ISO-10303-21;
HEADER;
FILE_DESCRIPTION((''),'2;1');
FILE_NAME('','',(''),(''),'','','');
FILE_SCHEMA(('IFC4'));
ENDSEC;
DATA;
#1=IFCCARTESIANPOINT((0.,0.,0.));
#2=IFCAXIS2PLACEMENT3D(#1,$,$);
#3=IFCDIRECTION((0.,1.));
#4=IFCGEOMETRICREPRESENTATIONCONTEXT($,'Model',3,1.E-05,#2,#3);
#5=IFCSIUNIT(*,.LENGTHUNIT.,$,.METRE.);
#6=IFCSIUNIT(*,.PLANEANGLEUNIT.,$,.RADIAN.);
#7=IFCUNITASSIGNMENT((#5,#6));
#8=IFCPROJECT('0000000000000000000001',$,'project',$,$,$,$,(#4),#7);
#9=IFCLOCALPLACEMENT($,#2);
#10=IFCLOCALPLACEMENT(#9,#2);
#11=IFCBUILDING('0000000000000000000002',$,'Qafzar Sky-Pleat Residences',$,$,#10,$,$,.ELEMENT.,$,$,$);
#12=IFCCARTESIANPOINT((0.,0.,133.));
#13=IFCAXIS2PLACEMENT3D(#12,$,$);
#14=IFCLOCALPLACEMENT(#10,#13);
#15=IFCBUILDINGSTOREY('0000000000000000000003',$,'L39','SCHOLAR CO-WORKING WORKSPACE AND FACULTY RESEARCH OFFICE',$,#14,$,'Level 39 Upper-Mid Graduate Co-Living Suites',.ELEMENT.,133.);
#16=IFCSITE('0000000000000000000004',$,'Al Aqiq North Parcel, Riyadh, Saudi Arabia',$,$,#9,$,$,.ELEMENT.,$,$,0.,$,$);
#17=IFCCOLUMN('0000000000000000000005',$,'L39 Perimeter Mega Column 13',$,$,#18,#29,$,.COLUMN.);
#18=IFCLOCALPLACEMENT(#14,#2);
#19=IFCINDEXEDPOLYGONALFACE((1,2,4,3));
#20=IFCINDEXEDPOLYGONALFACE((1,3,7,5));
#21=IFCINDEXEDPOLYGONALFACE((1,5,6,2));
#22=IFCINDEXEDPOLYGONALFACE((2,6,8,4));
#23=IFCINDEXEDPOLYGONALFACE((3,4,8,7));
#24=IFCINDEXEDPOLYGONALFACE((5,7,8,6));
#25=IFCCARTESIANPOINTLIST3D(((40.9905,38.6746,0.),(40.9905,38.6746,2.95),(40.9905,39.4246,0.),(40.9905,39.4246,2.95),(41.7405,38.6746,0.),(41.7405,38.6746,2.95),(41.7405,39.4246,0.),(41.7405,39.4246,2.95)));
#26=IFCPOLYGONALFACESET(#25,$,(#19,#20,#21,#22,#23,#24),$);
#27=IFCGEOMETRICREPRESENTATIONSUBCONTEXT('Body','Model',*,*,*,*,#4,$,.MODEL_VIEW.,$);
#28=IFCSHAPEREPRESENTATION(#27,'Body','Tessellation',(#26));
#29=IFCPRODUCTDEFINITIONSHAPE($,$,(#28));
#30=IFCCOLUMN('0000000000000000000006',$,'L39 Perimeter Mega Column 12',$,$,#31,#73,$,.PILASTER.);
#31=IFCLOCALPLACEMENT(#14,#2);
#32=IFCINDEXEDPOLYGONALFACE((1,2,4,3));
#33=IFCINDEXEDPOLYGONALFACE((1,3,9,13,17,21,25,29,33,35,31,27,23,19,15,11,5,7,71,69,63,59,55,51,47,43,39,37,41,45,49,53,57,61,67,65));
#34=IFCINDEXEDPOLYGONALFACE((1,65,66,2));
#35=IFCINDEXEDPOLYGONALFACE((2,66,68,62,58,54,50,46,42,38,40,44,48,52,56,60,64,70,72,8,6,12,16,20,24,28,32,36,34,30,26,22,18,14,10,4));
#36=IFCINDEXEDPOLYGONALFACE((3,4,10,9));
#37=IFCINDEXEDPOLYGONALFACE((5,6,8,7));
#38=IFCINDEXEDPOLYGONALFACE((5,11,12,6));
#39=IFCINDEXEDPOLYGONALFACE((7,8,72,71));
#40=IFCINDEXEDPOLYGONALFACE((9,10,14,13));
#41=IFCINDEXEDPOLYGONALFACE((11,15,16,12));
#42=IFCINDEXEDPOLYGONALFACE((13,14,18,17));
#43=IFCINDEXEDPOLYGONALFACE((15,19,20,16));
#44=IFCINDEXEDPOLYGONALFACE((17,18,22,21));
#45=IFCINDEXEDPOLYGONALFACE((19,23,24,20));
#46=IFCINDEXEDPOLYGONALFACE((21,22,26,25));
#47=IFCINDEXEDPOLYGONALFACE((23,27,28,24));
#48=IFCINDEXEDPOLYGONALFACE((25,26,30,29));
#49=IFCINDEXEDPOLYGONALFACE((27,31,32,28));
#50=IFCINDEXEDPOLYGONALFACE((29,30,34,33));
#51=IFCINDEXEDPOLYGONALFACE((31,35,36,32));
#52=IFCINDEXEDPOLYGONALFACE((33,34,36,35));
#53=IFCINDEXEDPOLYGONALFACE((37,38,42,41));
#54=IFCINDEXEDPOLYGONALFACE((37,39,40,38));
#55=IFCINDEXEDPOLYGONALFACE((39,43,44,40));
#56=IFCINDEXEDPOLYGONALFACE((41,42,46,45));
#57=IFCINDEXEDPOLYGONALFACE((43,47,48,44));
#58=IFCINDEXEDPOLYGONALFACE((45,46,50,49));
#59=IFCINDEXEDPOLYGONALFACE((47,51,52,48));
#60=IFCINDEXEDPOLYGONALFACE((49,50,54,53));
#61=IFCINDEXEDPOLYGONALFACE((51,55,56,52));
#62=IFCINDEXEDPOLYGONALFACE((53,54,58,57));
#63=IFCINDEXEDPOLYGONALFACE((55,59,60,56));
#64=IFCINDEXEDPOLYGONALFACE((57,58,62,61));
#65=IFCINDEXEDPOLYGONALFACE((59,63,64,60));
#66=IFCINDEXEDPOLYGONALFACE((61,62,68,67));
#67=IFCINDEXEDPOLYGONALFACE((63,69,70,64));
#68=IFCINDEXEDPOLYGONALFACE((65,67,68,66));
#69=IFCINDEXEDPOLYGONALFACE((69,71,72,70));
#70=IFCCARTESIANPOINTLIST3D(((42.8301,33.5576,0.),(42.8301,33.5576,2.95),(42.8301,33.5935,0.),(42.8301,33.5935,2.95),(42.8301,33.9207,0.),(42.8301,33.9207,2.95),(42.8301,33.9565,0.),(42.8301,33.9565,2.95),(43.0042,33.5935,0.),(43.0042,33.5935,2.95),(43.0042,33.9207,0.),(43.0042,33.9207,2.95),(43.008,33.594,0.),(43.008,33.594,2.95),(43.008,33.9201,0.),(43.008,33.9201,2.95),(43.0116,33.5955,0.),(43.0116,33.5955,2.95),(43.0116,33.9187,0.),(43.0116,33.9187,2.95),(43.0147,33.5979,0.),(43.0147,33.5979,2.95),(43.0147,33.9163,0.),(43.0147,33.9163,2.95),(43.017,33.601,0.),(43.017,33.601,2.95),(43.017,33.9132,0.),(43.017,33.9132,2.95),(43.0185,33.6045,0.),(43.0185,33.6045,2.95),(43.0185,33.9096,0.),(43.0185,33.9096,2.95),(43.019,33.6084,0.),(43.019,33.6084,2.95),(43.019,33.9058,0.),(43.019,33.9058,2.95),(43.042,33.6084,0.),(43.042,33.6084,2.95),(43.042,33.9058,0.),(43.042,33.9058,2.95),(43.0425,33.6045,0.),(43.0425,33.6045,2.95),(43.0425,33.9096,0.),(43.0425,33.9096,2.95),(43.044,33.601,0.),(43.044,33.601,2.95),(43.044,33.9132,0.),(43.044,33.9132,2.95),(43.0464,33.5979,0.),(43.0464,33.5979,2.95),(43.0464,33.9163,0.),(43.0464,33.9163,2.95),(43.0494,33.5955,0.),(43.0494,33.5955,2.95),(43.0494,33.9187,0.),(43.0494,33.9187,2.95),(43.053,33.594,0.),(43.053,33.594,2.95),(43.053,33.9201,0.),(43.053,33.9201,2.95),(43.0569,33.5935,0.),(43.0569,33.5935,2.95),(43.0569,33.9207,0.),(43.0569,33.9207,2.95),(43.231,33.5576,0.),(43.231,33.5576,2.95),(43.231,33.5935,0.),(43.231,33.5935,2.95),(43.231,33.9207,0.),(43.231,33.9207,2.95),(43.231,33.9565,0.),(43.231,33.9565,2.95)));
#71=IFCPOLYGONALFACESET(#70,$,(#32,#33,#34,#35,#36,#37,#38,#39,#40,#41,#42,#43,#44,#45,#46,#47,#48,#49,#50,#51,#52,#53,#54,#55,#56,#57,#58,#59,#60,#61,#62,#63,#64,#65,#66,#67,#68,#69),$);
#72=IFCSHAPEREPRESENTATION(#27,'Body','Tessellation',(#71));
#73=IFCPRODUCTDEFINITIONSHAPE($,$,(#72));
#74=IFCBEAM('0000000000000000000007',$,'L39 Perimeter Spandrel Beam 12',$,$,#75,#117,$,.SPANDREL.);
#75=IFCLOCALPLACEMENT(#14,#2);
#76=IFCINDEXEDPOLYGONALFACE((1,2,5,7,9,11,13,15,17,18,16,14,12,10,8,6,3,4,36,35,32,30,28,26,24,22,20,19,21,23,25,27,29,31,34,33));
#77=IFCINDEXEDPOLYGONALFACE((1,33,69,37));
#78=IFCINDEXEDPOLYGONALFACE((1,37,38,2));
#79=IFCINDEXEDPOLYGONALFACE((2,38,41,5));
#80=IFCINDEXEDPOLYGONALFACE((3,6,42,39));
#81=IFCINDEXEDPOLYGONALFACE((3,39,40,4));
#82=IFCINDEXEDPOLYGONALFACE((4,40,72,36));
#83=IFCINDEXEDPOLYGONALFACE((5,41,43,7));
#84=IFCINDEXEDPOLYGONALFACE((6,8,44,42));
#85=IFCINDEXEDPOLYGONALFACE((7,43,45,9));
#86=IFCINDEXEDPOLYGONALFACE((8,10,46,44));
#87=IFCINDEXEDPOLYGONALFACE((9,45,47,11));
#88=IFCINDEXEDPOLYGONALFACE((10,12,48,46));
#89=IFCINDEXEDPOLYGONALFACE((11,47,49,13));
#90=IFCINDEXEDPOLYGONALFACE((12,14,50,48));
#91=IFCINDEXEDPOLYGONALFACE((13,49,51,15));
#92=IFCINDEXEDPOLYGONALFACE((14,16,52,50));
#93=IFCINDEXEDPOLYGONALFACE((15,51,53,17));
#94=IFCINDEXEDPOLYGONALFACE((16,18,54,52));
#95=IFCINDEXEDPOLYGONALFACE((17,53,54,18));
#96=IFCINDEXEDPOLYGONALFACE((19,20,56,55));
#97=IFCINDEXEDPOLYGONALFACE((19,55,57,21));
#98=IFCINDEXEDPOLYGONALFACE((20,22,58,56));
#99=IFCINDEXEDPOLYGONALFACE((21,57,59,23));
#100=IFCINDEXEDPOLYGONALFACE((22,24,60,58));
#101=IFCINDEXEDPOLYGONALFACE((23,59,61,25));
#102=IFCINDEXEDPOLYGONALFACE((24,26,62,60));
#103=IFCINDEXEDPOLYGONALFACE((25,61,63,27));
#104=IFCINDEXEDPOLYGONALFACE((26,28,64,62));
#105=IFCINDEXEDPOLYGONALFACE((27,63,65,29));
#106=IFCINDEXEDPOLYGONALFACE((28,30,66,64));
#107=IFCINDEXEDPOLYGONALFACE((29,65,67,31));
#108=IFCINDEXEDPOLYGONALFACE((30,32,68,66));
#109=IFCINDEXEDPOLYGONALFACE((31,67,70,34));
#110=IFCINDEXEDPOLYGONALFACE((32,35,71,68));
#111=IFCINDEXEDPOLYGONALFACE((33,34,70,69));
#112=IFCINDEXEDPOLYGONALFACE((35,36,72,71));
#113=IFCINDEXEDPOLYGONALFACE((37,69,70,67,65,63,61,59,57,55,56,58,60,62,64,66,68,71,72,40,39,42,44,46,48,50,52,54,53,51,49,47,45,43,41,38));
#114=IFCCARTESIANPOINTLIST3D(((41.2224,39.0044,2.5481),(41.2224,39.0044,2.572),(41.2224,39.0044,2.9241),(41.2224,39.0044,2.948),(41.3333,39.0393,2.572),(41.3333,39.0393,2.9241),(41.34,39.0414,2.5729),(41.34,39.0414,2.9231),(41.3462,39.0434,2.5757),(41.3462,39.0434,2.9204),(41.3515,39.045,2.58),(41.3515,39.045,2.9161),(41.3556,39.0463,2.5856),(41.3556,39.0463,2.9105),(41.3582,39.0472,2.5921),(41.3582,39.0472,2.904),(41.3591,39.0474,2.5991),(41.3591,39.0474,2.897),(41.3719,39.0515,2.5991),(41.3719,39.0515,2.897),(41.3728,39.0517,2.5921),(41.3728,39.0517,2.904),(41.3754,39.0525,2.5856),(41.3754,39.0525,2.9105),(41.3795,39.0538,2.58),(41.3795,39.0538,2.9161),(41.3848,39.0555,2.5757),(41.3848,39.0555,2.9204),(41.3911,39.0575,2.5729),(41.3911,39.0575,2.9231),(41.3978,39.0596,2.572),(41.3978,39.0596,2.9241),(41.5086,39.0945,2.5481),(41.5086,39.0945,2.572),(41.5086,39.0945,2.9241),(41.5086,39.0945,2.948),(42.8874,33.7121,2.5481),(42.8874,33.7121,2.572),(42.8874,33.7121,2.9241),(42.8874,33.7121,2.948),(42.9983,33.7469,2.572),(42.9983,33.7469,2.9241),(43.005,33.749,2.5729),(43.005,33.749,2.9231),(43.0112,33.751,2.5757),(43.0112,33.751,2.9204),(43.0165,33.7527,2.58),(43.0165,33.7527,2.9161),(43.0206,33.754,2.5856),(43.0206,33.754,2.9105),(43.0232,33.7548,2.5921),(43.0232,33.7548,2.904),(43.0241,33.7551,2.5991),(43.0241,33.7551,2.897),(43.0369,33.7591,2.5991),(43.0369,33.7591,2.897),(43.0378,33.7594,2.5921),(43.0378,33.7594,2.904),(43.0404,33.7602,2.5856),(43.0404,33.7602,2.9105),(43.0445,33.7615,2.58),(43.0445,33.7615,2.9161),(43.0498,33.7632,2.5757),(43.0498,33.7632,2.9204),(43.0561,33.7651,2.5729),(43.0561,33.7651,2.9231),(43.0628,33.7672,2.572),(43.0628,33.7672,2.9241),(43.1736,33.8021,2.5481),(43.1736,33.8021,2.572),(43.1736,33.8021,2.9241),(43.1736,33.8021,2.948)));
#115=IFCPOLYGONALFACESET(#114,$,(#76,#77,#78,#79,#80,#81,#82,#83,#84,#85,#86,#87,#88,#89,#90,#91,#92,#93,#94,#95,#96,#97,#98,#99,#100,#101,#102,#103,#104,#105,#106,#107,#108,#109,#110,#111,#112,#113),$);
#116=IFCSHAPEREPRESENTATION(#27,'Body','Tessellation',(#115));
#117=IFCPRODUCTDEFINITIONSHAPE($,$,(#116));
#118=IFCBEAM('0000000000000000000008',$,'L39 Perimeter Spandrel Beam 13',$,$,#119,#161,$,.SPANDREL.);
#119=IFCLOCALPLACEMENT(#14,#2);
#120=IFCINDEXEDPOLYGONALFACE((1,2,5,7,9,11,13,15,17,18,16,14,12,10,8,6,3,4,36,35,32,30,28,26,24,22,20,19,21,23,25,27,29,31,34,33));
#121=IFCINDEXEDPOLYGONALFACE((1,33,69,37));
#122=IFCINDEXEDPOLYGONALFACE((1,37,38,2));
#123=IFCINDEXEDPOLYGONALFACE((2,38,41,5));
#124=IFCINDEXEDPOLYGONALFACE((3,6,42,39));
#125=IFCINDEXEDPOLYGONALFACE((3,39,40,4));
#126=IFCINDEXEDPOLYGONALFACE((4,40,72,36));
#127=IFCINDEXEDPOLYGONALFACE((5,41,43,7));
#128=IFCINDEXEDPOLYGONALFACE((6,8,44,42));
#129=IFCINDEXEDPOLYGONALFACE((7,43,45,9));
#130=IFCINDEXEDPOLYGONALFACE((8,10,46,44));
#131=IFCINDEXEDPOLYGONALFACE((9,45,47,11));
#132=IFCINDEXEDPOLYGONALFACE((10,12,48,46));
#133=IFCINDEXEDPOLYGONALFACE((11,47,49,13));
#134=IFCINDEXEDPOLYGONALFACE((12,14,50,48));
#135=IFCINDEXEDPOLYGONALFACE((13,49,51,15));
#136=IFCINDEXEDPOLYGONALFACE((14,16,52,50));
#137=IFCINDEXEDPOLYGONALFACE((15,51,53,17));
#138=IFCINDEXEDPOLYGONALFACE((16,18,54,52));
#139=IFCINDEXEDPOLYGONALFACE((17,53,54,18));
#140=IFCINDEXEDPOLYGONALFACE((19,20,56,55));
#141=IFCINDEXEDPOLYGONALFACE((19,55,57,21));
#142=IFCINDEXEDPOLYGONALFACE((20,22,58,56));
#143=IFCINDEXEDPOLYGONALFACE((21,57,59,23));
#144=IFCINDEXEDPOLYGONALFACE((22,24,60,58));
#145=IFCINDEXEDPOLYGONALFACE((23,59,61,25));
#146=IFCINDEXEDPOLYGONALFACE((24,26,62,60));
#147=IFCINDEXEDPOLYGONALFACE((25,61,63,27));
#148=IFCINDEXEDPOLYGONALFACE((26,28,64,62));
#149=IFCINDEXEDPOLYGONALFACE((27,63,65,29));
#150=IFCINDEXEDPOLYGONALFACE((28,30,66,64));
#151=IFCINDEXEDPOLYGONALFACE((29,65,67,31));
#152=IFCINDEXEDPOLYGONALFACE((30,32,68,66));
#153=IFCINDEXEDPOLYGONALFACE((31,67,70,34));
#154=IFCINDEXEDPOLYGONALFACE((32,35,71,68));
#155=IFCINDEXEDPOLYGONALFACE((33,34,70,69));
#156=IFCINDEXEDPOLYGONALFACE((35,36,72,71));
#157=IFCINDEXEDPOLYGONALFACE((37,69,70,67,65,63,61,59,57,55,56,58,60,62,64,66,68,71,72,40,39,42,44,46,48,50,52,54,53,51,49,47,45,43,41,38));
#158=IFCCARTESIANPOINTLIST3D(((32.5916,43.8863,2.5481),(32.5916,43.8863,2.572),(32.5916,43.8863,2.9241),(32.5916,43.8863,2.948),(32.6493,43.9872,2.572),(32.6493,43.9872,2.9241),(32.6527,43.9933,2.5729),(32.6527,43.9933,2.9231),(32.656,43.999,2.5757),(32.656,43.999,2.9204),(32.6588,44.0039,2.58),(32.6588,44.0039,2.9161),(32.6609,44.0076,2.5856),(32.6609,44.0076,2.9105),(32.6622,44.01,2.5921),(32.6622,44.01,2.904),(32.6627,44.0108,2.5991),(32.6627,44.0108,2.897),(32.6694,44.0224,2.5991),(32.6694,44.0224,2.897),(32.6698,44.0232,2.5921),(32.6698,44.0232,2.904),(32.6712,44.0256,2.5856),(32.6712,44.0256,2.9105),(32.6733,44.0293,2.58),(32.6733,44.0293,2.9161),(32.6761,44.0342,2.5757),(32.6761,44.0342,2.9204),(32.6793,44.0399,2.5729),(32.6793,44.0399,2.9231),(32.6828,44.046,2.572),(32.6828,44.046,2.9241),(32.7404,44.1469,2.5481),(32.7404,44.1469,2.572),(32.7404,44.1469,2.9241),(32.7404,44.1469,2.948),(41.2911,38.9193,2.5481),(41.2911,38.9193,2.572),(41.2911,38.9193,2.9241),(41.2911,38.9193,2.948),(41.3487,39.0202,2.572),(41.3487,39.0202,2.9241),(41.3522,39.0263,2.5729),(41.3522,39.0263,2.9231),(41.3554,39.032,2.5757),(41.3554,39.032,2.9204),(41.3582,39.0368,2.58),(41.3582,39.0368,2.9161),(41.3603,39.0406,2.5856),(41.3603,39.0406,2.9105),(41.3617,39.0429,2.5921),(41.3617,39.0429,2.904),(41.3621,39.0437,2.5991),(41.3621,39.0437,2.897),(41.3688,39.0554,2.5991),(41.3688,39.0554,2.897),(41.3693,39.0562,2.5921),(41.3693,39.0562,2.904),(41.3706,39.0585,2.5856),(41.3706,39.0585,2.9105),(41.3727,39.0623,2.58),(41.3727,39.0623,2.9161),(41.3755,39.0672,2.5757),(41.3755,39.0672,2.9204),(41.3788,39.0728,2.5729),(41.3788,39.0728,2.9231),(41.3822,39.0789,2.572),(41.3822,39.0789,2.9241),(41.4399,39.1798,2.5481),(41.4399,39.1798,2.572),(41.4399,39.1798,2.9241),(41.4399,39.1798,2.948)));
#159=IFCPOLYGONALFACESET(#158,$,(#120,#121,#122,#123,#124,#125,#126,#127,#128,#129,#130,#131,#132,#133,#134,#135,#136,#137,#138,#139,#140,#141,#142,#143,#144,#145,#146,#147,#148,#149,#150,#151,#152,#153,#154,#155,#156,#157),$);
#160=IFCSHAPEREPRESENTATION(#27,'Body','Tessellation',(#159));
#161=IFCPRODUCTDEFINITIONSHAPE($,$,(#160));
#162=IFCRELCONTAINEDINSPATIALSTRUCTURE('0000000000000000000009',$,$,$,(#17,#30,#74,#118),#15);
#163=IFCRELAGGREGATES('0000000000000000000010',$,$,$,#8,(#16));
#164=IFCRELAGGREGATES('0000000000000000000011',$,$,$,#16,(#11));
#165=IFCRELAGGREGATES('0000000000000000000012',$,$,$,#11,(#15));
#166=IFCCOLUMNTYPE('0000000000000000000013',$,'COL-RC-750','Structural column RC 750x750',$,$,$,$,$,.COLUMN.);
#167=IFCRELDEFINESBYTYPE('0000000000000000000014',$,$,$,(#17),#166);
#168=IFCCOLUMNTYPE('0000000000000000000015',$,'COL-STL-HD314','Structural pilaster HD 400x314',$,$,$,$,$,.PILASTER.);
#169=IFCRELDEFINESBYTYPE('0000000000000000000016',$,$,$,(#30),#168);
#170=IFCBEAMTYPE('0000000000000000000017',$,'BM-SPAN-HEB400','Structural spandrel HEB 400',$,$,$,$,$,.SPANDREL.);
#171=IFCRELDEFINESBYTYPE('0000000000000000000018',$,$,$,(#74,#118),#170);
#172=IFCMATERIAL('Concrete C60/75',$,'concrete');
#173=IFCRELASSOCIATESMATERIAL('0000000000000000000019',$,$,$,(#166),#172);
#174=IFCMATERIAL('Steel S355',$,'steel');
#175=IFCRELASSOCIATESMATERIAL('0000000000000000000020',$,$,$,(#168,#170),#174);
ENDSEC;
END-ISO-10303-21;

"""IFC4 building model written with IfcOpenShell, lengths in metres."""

from ifc_helpers import new_model, si_unit, direction, frame, origin, origin_2d, place, context, subcontext, project, spatial, rectangle, i_section, extrude, source, transform, mapped, material, material_profile, profile_set, type_object, element, save


model = new_model("IFC4")

# Units and contexts
model_context = context("Model", 3, precision=1e-05, world=origin(), true_north=direction((0.0, 1.0)))
body_context = subcontext(model_context, "Body", "Model", "MODEL_VIEW")
ifc_project = project(units=[si_unit("LENGTHUNIT", "METRE"), si_unit("PLANEANGLEUNIT", "RADIAN")], contexts=[model_context])

# Site, building, storey
site_placement = place(None, origin())
site = spatial("IfcSite", under=ifc_project, at=site_placement, Name="Al Aqiq North Parcel, Riyadh, Saudi Arabia", CompositionType="ELEMENT", RefElevation=0.0)
building_placement = place(site_placement, origin())
building = spatial("IfcBuilding", under=site, at=building_placement, Name="Qafzar Sky-Pleat Residences", CompositionType="ELEMENT")
storey_placement = place(building_placement, frame((0.0, 0.0, 133.0)))
storey = spatial("IfcBuildingStorey", under=building, at=storey_placement, Name="L39", Description="SCHOLAR CO-WORKING WORKSPACE AND FACULTY RESEARCH OFFICE", LongName="Level 39 Upper-Mid Graduate Co-Living Suites", CompositionType="ELEMENT", Elevation=133.0)

# Columns
ifc_material_1 = material(Name="Concrete C60/75", Category="concrete")
ifc_material_profile_1 = material_profile(ifc_material_1, rectangle(XDim=0.75, YDim=0.75, at=origin_2d()), Name="RC 750x750")
ifc_profile_set_1 = profile_set([ifc_material_profile_1], Name="Concrete C60/75")
column_type_1 = type_object("IfcColumnType", Name="COL-RC-750", Description="Structural column RC 750x750", PredefinedType="COLUMN", material=ifc_profile_set_1)
shared_shape_1 = source(origin(), body_context, "Body", "SweptSolid", [
    extrude(rectangle(XDim=0.75, YDim=0.75, at=origin_2d()), origin(), (0.0, 0.0, 1.0), 2.95),
])
column_1_placement = place(storey_placement, frame((41.3655, 39.0496, 0.0), z_axis=(0.0, 0.0, 1.0), x_axis=(1.0, 0.0, 0.0)))
element("IfcColumn", 1, at=column_1_placement, inside=storey, type_object=column_type_1, Name="L39 Perimeter Mega Column 13", PredefinedType="COLUMN", context=body_context, shape_type="MappedRepresentation", body=[
    mapped(shared_shape_1, transform((0.0, 0.0, 0.0), x_axis=(1.0, 0.0, 0.0), y_axis=(0.0, 1.0, 0.0), z_axis=(0.0, 0.0, 1.0), scale=1.0)),
])
ifc_material_2 = material(Name="Steel S355", Category="steel")
ifc_material_profile_2 = material_profile(ifc_material_2, i_section(OverallWidth=0.4009, OverallDepth=0.3989, WebThickness=0.0229, FlangeThickness=0.0359, FilletRadius=0.0149, at=origin_2d()), Name="HD 400x314")
ifc_profile_set_2 = profile_set([ifc_material_profile_2], Name="Steel S355")
column_type_2 = type_object("IfcColumnType", Name="COL-STL-HD314", Description="Structural pilaster HD 400x314", PredefinedType="PILASTER", material=ifc_profile_set_2)
shared_shape_2 = source(origin(), body_context, "Body", "SweptSolid", [
    extrude(i_section(OverallWidth=0.4009, OverallDepth=0.3989, WebThickness=0.0229, FlangeThickness=0.0359, FilletRadius=0.0149, at=origin_2d()), origin(), (0.0, 0.0, 1.0), 2.95),
])
column_2_placement = place(storey_placement, frame((43.0305, 33.7571, 0.0), z_axis=(0.0, 0.0, 1.0), x_axis=(1.0, 0.0, 0.0)))
element("IfcColumn", 2, at=column_2_placement, inside=storey, type_object=column_type_2, Name="L39 Perimeter Mega Column 12", PredefinedType="PILASTER", context=body_context, shape_type="MappedRepresentation", body=[
    mapped(shared_shape_2, transform((0.0, 0.0, 0.0), x_axis=(1.0, 0.0, 0.0), y_axis=(0.0, 1.0, 0.0), z_axis=(0.0, 0.0, 1.0), scale=1.0)),
])

# Beams
ifc_material_profile_3 = material_profile(ifc_material_2, i_section(OverallWidth=0.3, OverallDepth=0.3999, WebThickness=0.0134, FlangeThickness=0.0239, FilletRadius=0.0271, at=origin_2d()), Name="HEB 400")
ifc_profile_set_3 = profile_set([ifc_material_profile_3], Name="Steel S355")
beam_type_1 = type_object("IfcBeamType", Name="BM-SPAN-HEB400", Description="Structural spandrel HEB 400", PredefinedType="SPANDREL", material=ifc_profile_set_3)
shared_shape_3 = source(origin(), body_context, "Body", "SweptSolid", [
    extrude(i_section(OverallWidth=0.3, OverallDepth=0.3999, WebThickness=0.0134, FlangeThickness=0.0239, FilletRadius=0.0271, at=origin_2d()), origin(), (0.0, 0.0, 1.0), 5.5481),
])
beam_1_placement = place(storey_placement, frame((43.0305, 33.7571, 2.748), z_axis=(-0.300103, 0.953907, 0.0), x_axis=(-0.953907, -0.300103, 0.0)))
element("IfcBeam", 3, at=beam_1_placement, inside=storey, type_object=beam_type_1, Name="L39 Perimeter Spandrel Beam 12", PredefinedType="SPANDREL", context=body_context, shape_type="MappedRepresentation", body=[
    mapped(shared_shape_3, transform((0.0, 0.0, 0.0), x_axis=(1.0, 0.0, 0.0), y_axis=(0.0, 1.0, 0.0), z_axis=(0.0, 0.0, 1.0), scale=1.0)),
])
shared_shape_4 = source(origin(), body_context, "Body", "SweptSolid", [
    extrude(i_section(OverallWidth=0.3, OverallDepth=0.3999, WebThickness=0.0134, FlangeThickness=0.0239, FilletRadius=0.0271, at=origin_2d()), origin(), (0.0, 0.0, 1.0), 10.0176),
])
beam_2_placement = place(storey_placement, frame((41.3655, 39.0496, 2.748), z_axis=(-0.868419, 0.495832, 0.0), x_axis=(-0.495832, -0.868419, 0.0)))
element("IfcBeam", 4, at=beam_2_placement, inside=storey, type_object=beam_type_1, Name="L39 Perimeter Spandrel Beam 13", PredefinedType="SPANDREL", context=body_context, shape_type="MappedRepresentation", body=[
    mapped(shared_shape_4, transform((0.0, 0.0, 0.0), x_axis=(1.0, 0.0, 0.0), y_axis=(0.0, 1.0, 0.0), z_axis=(0.0, 0.0, 1.0), scale=1.0)),
])

save(model, "model.ifc")
